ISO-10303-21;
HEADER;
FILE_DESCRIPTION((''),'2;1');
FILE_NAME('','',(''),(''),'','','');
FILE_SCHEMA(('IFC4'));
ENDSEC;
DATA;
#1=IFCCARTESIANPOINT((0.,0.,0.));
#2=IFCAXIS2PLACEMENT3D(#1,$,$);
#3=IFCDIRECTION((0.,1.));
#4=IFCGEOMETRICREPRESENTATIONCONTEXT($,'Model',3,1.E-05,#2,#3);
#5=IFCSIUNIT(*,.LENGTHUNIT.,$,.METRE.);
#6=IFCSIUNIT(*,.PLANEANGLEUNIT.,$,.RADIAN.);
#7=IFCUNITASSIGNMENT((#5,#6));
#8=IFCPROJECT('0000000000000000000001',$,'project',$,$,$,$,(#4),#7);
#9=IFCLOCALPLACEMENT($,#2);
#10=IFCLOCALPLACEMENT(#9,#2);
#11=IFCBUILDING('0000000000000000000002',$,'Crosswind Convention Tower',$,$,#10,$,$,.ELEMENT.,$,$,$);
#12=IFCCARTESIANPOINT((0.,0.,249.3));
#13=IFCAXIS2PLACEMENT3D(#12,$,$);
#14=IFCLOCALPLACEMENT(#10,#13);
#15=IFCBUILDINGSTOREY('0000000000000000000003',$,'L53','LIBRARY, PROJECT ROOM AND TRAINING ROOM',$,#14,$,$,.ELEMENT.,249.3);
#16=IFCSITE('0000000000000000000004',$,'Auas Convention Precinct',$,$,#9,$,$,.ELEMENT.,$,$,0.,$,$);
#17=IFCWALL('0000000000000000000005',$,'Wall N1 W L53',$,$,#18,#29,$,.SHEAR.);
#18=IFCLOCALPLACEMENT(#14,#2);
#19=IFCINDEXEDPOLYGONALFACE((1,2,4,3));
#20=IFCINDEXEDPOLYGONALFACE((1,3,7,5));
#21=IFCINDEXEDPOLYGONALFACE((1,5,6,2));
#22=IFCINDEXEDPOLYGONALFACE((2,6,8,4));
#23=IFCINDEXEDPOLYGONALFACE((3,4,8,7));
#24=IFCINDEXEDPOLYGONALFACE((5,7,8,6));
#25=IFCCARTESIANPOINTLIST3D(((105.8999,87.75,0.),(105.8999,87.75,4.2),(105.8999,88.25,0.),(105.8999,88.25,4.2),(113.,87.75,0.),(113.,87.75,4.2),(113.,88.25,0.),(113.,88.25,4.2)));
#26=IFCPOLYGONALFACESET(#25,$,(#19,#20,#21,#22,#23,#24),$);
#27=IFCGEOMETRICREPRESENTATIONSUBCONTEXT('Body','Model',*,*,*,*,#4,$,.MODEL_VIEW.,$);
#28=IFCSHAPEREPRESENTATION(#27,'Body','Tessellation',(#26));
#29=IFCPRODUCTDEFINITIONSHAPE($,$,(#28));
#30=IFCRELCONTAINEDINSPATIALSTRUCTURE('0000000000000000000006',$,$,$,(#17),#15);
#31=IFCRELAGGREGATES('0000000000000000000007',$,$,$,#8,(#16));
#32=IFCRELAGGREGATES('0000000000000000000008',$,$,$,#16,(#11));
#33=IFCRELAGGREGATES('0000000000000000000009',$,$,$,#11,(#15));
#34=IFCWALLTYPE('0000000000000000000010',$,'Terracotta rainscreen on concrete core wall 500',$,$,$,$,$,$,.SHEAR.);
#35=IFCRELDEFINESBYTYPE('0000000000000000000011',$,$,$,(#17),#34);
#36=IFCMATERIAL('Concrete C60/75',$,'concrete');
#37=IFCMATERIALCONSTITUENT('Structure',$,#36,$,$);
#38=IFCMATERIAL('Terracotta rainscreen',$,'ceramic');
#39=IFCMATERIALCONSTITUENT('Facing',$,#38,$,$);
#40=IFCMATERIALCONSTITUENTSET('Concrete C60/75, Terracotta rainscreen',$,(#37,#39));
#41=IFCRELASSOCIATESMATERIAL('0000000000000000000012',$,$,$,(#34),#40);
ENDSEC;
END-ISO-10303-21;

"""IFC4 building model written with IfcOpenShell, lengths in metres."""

from ifc_helpers import new_model, si_unit, direction, frame, frame_2d, origin, place, context, subcontext, project, spatial, rectangle, extrude, material, constituent, constituent_set, type_object, element, save


model = new_model("IFC4")

# Units and contexts
model_context = context("Model", 3, precision=1e-05, world=origin(), true_north=direction((0.0, 1.0)))
body_context = subcontext(model_context, "Body", "Model", "MODEL_VIEW")
ifc_project = project(units=[si_unit("LENGTHUNIT", "METRE"), si_unit("PLANEANGLEUNIT", "RADIAN")], contexts=[model_context])

# Site, building, storey
site_placement = place(None, origin())
site = spatial("IfcSite", under=ifc_project, at=site_placement, Name="Auas Convention Precinct", CompositionType="ELEMENT", RefElevation=0.0)
building_placement = place(site_placement, origin())
building = spatial("IfcBuilding", under=site, at=building_placement, Name="Crosswind Convention Tower", CompositionType="ELEMENT")
storey_placement = place(building_placement, frame((0.0, 0.0, 249.3)))
storey = spatial("IfcBuildingStorey", under=building, at=storey_placement, Name="L53", Description="LIBRARY, PROJECT ROOM AND TRAINING ROOM", CompositionType="ELEMENT", Elevation=249.3)

# Shared definitions
ifc_material_1 = material(Name="Concrete C60/75", Category="concrete")

# Wall
ifc_constituent_1 = constituent(ifc_material_1, Name="Structure")
ifc_material_2 = material(Name="Terracotta rainscreen", Category="ceramic")
ifc_constituent_2 = constituent(ifc_material_2, Name="Facing")
ifc_constituent_set = constituent_set(constituents=[ifc_constituent_1, ifc_constituent_2], Name="Concrete C60/75, Terracotta rainscreen")
wall_type_1 = type_object("IfcWallType", Name="Terracotta rainscreen on concrete core wall 500", PredefinedType="SHEAR", material=ifc_constituent_set)
wall_1_placement = place(storey_placement, frame((113.0, 88.0, 0.0), z_axis=(0.0, 0.0, 1.0), x_axis=(-1.0, 0.0, 0.0)))
element("IfcWall", 1, at=wall_1_placement, inside=storey, type_object=wall_type_1, Name="Wall N1 W L53", PredefinedType="SHEAR", context=body_context, shape_type="SweptSolid", body=[
    extrude(rectangle(XDim=7.1001, YDim=0.5, at=frame_2d((3.55, 0.0))), origin(), (0.0, 0.0, 1.0), 4.2),
])

save(model, "model.ifc")
